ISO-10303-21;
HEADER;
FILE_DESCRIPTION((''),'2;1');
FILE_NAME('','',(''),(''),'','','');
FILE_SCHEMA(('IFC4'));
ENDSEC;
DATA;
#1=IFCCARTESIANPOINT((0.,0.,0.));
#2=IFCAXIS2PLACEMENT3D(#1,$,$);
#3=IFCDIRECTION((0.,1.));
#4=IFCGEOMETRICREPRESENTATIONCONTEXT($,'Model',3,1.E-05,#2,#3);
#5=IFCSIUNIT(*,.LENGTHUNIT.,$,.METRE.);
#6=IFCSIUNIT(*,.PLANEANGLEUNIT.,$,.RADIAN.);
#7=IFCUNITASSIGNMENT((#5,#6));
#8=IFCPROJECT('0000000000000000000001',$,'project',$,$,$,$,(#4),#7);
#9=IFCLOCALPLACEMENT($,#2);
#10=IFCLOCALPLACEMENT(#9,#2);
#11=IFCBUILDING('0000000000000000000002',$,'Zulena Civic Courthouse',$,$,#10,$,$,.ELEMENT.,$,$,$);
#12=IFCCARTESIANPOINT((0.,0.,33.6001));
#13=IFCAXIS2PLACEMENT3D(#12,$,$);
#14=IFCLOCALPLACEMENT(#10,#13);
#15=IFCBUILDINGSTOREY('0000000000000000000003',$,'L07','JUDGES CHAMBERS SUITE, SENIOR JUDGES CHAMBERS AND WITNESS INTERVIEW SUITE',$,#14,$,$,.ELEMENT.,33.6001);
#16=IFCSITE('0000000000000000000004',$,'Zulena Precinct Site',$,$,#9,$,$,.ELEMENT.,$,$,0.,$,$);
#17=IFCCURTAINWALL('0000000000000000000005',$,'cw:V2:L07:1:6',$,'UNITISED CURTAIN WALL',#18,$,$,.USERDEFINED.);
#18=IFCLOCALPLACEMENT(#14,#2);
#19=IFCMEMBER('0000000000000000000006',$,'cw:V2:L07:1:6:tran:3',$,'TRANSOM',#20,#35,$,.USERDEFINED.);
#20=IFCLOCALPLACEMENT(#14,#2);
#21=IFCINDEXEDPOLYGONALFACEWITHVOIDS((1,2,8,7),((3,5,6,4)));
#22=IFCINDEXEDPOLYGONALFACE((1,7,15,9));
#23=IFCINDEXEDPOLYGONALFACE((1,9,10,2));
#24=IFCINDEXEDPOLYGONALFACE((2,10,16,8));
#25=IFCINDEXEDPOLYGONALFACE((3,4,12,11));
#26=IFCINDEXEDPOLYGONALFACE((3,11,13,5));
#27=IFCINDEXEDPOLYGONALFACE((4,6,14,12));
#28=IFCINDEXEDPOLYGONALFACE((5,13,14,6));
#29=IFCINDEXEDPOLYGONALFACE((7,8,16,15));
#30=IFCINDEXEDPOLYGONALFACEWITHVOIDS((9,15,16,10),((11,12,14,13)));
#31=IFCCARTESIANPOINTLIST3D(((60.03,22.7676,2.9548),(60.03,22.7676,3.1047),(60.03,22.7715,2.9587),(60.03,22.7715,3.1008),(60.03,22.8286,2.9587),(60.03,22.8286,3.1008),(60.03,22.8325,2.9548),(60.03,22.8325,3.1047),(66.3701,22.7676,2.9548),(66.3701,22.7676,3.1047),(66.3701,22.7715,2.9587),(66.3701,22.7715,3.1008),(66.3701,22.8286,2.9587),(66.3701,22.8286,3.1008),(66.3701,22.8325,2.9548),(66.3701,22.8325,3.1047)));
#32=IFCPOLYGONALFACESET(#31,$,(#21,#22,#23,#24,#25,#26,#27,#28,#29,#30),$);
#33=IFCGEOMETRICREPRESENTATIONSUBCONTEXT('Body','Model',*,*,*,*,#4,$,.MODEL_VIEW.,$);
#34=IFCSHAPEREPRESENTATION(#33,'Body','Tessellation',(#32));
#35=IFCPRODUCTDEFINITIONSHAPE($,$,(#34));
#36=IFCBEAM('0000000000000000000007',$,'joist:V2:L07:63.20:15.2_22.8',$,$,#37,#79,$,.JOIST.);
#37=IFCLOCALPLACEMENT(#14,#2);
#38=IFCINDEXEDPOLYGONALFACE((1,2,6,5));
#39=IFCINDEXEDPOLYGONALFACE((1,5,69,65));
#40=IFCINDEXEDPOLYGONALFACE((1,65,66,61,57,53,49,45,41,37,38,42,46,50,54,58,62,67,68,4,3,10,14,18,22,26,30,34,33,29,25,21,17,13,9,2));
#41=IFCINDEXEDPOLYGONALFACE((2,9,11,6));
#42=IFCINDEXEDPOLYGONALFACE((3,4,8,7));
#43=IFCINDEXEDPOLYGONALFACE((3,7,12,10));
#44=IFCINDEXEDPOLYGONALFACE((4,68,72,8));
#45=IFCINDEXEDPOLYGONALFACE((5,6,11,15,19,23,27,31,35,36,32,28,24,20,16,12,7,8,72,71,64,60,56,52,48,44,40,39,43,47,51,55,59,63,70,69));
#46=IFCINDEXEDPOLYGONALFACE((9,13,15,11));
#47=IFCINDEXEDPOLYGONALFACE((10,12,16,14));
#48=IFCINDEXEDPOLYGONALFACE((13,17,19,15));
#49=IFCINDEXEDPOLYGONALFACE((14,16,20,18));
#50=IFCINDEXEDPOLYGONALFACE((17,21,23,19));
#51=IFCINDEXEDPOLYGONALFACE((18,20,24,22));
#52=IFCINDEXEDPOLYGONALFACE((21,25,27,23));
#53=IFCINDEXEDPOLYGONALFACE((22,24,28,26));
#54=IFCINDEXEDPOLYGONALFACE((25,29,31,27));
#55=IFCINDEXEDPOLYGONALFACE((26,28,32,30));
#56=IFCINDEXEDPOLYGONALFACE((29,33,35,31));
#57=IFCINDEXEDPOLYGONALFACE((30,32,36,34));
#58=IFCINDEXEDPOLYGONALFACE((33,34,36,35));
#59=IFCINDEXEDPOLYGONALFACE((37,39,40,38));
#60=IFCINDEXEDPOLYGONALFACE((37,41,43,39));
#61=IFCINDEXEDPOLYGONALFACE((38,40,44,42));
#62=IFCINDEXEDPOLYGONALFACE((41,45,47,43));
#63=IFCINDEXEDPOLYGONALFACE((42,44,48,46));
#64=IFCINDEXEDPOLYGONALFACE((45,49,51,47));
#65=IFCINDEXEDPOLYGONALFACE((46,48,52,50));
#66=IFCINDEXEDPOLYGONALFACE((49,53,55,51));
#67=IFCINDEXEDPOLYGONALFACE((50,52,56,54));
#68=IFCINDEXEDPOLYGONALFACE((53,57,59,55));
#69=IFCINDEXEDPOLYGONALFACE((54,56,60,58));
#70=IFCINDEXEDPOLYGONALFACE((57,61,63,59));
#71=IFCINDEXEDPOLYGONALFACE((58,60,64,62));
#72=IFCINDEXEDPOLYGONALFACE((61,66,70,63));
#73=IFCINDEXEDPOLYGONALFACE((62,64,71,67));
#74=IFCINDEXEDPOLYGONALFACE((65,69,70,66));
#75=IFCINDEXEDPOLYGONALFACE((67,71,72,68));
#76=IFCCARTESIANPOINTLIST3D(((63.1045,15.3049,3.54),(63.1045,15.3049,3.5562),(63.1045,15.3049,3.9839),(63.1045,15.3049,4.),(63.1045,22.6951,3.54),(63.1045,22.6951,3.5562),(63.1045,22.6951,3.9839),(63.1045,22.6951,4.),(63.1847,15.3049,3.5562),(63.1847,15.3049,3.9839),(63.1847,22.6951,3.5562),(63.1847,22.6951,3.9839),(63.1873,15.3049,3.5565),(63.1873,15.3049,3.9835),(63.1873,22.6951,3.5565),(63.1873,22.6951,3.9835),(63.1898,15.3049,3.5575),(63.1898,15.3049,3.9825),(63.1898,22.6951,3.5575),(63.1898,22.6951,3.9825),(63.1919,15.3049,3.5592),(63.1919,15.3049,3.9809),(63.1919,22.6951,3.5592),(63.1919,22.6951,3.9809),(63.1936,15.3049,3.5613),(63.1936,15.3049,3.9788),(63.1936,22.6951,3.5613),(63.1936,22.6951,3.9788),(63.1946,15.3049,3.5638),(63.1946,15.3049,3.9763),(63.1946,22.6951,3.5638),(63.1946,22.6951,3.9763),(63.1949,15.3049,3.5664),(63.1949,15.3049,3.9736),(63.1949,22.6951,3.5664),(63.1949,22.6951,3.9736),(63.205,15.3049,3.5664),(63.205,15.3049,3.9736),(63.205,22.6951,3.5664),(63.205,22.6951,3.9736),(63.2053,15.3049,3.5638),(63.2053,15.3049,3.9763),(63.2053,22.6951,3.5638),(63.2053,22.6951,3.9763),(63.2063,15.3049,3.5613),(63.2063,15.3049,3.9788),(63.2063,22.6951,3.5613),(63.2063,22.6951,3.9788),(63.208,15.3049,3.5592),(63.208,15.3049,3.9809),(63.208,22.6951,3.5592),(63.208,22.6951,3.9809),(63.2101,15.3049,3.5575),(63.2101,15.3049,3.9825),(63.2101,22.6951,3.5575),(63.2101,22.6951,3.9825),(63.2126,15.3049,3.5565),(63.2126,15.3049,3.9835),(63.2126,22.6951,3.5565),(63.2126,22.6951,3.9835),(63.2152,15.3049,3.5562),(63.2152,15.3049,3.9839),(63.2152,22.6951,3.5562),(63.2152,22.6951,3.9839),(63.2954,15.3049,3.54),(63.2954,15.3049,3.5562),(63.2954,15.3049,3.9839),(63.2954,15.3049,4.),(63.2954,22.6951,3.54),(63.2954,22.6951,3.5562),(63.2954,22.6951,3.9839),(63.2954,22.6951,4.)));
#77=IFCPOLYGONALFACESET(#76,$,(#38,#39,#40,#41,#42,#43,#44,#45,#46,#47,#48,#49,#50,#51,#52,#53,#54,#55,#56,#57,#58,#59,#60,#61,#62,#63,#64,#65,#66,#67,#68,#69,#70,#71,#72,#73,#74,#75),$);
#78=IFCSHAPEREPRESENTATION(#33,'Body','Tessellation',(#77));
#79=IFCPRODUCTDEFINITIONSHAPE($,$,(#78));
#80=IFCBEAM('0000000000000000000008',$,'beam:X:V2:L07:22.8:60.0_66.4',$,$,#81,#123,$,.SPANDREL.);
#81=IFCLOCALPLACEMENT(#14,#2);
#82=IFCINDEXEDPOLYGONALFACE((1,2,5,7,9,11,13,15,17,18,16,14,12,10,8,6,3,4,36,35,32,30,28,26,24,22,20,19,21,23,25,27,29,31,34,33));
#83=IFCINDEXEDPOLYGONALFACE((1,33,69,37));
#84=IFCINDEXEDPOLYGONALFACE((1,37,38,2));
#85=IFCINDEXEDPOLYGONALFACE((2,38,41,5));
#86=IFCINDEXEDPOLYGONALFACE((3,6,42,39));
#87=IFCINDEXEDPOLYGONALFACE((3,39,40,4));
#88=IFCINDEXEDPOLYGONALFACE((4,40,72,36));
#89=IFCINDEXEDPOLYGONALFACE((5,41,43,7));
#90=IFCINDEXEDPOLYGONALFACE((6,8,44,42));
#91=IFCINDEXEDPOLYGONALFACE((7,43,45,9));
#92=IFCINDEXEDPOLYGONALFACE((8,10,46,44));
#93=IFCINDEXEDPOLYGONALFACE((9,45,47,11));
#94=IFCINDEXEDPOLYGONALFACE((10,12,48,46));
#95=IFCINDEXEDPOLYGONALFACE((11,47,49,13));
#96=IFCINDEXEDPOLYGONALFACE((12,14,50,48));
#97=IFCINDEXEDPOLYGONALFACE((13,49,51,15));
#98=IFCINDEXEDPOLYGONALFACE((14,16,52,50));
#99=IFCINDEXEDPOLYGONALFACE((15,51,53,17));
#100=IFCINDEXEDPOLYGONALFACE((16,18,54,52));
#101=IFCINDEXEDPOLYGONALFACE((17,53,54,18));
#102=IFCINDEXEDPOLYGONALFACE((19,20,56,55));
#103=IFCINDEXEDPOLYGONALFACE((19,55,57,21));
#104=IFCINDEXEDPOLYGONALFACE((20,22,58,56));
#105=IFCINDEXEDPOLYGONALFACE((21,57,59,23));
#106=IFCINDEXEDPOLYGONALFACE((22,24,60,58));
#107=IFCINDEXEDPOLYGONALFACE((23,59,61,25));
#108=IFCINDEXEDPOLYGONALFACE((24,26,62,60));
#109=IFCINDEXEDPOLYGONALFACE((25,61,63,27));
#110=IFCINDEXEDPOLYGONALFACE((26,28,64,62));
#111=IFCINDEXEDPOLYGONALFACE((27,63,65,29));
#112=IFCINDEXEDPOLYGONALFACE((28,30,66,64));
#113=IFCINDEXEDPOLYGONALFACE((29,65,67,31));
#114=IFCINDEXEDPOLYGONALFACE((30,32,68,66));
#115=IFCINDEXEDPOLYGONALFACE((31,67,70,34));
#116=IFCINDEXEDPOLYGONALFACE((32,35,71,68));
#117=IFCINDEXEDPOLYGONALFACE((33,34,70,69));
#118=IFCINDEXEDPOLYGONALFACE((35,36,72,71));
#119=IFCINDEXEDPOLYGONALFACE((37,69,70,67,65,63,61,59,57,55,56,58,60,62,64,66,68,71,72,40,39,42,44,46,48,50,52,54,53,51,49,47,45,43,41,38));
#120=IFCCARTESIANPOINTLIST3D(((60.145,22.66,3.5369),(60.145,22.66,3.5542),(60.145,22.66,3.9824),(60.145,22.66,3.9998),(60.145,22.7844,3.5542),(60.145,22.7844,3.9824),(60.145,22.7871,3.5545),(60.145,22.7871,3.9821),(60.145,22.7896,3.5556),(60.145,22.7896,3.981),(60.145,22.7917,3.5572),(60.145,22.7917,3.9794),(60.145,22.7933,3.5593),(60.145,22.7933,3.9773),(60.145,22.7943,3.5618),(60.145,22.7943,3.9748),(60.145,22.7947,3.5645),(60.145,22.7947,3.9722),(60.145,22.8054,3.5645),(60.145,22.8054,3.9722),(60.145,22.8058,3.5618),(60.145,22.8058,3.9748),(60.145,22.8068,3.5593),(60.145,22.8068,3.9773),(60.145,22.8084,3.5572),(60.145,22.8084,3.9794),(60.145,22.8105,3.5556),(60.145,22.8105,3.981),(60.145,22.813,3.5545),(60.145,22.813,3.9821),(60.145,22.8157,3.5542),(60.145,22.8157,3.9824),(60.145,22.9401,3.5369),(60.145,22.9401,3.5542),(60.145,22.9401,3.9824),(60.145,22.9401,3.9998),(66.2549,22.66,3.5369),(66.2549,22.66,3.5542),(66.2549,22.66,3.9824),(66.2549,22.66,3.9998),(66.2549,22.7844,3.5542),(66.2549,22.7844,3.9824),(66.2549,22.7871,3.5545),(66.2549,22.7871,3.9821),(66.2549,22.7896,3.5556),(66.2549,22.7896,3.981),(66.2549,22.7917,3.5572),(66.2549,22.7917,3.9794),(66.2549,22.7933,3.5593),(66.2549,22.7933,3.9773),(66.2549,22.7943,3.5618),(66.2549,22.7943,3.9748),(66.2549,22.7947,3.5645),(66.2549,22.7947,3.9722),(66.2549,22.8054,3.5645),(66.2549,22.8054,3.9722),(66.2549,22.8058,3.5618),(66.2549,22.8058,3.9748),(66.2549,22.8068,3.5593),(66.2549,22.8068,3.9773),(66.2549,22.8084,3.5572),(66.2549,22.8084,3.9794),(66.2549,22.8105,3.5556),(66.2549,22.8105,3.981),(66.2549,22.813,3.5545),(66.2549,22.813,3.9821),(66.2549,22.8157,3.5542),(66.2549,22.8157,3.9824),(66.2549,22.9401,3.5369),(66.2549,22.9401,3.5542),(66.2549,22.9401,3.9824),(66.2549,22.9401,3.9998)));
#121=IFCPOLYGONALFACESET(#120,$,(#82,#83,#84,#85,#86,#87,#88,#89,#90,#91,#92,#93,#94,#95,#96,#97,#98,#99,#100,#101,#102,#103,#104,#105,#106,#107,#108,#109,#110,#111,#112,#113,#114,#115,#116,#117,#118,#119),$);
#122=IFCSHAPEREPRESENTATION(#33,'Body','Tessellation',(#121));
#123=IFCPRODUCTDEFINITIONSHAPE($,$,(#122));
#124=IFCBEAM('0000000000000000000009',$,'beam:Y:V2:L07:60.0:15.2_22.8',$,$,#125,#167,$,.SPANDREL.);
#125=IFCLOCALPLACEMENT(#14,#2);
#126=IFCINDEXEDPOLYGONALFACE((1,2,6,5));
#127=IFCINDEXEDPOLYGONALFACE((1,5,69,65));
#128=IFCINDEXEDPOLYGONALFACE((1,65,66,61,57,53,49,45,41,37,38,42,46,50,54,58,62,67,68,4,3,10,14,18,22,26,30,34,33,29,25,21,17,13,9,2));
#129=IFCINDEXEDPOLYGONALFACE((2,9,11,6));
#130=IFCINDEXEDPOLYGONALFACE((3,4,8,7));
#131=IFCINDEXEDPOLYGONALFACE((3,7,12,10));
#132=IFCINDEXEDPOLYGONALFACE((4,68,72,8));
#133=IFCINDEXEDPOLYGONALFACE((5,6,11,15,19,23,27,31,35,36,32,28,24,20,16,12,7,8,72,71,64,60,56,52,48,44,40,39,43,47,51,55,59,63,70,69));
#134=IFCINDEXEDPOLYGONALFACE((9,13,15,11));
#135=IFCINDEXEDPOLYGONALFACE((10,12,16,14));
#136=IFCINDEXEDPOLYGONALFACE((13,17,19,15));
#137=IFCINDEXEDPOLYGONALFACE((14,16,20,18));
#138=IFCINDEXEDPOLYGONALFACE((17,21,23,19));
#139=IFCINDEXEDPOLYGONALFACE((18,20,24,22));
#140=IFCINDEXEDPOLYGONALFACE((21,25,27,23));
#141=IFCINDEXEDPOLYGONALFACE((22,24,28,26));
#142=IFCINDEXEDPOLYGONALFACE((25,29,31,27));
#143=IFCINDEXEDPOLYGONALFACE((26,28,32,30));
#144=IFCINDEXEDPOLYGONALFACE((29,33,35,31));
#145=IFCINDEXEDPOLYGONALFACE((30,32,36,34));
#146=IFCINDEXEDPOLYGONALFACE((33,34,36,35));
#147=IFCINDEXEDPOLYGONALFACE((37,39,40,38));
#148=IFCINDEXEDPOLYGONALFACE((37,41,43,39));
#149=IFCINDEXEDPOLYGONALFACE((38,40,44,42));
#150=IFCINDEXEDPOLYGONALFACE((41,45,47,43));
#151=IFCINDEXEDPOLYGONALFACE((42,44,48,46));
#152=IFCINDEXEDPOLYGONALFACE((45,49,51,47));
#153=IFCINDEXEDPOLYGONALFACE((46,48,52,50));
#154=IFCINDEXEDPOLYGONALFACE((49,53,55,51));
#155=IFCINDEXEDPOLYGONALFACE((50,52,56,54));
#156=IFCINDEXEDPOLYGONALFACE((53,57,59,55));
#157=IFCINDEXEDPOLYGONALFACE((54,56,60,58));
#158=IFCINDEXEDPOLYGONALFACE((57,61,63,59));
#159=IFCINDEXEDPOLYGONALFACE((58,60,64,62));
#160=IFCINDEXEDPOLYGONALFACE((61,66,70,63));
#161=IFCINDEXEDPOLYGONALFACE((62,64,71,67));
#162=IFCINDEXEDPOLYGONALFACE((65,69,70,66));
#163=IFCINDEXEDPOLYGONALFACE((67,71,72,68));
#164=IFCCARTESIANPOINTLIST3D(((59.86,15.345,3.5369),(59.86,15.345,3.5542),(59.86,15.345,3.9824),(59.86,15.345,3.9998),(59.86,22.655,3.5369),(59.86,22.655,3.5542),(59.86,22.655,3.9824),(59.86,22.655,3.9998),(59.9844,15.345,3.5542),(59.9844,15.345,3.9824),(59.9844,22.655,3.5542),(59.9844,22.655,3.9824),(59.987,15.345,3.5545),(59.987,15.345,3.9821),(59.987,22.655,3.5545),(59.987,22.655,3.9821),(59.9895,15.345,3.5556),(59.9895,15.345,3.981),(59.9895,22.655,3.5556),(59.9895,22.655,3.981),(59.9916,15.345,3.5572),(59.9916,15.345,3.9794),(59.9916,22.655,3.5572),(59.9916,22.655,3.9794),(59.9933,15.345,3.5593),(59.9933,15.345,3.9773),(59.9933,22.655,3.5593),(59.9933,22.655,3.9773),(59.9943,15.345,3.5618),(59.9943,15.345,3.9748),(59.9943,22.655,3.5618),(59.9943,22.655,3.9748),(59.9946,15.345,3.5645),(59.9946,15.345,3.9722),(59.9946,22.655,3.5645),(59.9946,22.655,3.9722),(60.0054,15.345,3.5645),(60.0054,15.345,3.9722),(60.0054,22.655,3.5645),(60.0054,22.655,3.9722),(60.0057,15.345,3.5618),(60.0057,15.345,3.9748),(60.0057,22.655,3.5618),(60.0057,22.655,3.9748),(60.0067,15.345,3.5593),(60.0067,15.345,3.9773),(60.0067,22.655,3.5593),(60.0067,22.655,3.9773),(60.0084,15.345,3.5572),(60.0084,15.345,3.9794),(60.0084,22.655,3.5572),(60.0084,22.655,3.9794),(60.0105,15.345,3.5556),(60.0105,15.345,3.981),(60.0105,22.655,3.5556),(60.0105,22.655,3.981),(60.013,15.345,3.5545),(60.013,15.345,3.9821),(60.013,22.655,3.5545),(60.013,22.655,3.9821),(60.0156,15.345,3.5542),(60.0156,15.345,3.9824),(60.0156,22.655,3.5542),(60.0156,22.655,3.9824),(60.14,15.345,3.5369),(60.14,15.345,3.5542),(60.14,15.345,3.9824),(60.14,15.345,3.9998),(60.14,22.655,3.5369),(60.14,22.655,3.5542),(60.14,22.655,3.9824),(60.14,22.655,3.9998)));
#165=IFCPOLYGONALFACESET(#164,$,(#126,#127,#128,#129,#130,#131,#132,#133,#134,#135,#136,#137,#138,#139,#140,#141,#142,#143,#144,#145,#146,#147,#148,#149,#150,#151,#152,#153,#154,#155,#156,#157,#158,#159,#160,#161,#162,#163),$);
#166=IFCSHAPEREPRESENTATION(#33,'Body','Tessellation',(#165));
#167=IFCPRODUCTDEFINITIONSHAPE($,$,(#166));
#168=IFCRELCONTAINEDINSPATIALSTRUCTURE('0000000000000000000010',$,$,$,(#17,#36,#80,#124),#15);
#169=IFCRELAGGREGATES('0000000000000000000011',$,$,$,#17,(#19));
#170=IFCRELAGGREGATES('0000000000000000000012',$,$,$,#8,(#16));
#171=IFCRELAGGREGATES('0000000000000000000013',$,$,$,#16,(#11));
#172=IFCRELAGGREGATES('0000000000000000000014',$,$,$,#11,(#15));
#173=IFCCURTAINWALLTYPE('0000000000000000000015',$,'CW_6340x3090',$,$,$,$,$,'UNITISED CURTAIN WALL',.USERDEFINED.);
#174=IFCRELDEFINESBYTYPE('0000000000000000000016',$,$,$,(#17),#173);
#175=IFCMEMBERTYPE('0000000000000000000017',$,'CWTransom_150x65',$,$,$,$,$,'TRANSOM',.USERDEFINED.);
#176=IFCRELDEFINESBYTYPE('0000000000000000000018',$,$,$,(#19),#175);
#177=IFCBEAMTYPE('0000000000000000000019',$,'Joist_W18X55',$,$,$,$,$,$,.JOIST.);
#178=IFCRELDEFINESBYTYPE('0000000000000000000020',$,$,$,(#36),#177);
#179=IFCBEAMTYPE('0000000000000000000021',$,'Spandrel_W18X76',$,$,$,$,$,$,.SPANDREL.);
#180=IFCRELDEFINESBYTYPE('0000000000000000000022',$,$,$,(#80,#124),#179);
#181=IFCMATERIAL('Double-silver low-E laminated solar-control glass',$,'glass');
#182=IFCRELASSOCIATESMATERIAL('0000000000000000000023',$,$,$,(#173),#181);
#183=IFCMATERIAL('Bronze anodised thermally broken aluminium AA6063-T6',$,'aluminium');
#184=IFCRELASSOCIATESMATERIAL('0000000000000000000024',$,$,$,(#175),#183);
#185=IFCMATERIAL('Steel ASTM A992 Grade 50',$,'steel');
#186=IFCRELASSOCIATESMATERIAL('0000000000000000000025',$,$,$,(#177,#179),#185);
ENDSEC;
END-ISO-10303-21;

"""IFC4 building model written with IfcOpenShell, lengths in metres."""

from ifc_helpers import new_model, si_unit, direction, frame, origin, origin_2d, place, context, subcontext, project, spatial, hollow_rectangle, i_section, extrude, material, material_profile, profile_set, type_object, element, aggregate, save


model = new_model("IFC4")

# Units and contexts
model_context = context("Model", 3, precision=1e-05, world=origin(), true_north=direction((0.0, 1.0)))
body_context = subcontext(model_context, "Body", "Model", "MODEL_VIEW")
ifc_project = project(units=[si_unit("LENGTHUNIT", "METRE"), si_unit("PLANEANGLEUNIT", "RADIAN")], contexts=[model_context])

# Site, building, storey
site_placement = place(None, origin())
site = spatial("IfcSite", under=ifc_project, at=site_placement, Name="Zulena Precinct Site", CompositionType="ELEMENT", RefElevation=0.0)
building_placement = place(site_placement, origin())
building = spatial("IfcBuilding", under=site, at=building_placement, Name="Zulena Civic Courthouse", CompositionType="ELEMENT")
storey_placement = place(building_placement, frame((0.0, 0.0, 33.6001)))
storey = spatial("IfcBuildingStorey", under=building, at=storey_placement, Name="L07", Description="JUDGES CHAMBERS SUITE, SENIOR JUDGES CHAMBERS AND WITNESS INTERVIEW SUITE", CompositionType="ELEMENT", Elevation=33.6001)

# Shared definitions
ifc_material_1 = material(Name="Steel ASTM A992 Grade 50", Category="steel")

# Curtain wall, member
ifc_material_2 = material(Name="Double-silver low-E laminated solar-control glass", Category="glass")
ifc_material_3 = material(Name="Bronze anodised thermally broken aluminium AA6063-T6", Category="aluminium")
curtain_wall_type_1 = type_object("IfcCurtainWallType", Name="CW_6340x3090", ElementType="UNITISED CURTAIN WALL", PredefinedType="USERDEFINED", material=ifc_material_2)
curtain_wall_1_placement = place(storey_placement, origin())
curtain_wall_1 = element("IfcCurtainWall", 1, at=curtain_wall_1_placement, inside=storey, type_object=curtain_wall_type_1, Name="cw:V2:L07:1:6", ObjectType="UNITISED CURTAIN WALL", PredefinedType="USERDEFINED")
ifc_material_profile_1 = material_profile(ifc_material_3, hollow_rectangle(XDim=0.0649, YDim=0.1499, WallThickness=0.0039, at=origin_2d()), Name="CWT150X65X4")
ifc_profile_set_1 = profile_set([ifc_material_profile_1], Name="Bronze anodised thermally broken aluminium AA6063-T6")
member_type_1 = type_object("IfcMemberType", Name="CWTransom_150x65", ElementType="TRANSOM", PredefinedType="USERDEFINED", material=ifc_profile_set_1)
member_1_placement = place(storey_placement, frame((60.03, 22.8, 3.0298), z_axis=(1.0, 0.0, 0.0), x_axis=(0.0, 1.0, 0.0)))
member_1 = element("IfcMember", 2, at=member_1_placement, type_object=member_type_1, Name="cw:V2:L07:1:6:tran:3", ObjectType="TRANSOM", PredefinedType="USERDEFINED", context=body_context, shape_type="SweptSolid", body=[
    extrude(hollow_rectangle(XDim=0.0649, YDim=0.1499, WallThickness=0.0039, at=origin_2d()), origin(), (0.0, 0.0, 1.0), 6.3401),
])

# Beams
ifc_material_profile_2 = material_profile(ifc_material_1, i_section(OverallWidth=0.1909, OverallDepth=0.46, WebThickness=0.01, FlangeThickness=0.0161, FilletRadius=0.0103, at=origin_2d()), Name="W18X55")
ifc_profile_set_2 = profile_set([ifc_material_profile_2], Name="Steel ASTM A992 Grade 50")
beam_type_1 = type_object("IfcBeamType", Name="Joist_W18X55", PredefinedType="JOIST", material=ifc_profile_set_2)
beam_1_placement = place(storey_placement, frame((63.2, 15.3049, 3.77), z_axis=(0.0, 1.0, 0.0), x_axis=(-1.0, 0.0, 0.0)))
element("IfcBeam", 3, at=beam_1_placement, inside=storey, type_object=beam_type_1, Name="joist:V2:L07:63.20:15.2_22.8", PredefinedType="JOIST", context=body_context, shape_type="SweptSolid", body=[
    extrude(i_section(OverallWidth=0.1909, OverallDepth=0.46, WebThickness=0.01, FlangeThickness=0.0161, FilletRadius=0.0103, at=origin_2d()), origin(), (0.0, 0.0, 1.0), 7.3901),
])
ifc_material_profile_3 = material_profile(ifc_material_1, i_section(OverallWidth=0.28, OverallDepth=0.4629, WebThickness=0.0107, FlangeThickness=0.0173, FilletRadius=0.0103, at=origin_2d()), Name="W18X76")
ifc_profile_set_3 = profile_set([ifc_material_profile_3], Name="Steel ASTM A992 Grade 50")
beam_type_2 = type_object("IfcBeamType", Name="Spandrel_W18X76", PredefinedType="SPANDREL", material=ifc_profile_set_3)
beam_2_placement = place(storey_placement, frame((60.145, 22.8, 3.7683), z_axis=(1.0, 0.0, 0.0), x_axis=(0.0, 1.0, 0.0)))
element("IfcBeam", 4, at=beam_2_placement, inside=storey, type_object=beam_type_2, Name="beam:X:V2:L07:22.8:60.0_66.4", PredefinedType="SPANDREL", context=body_context, shape_type="SweptSolid", body=[
    extrude(i_section(OverallWidth=0.28, OverallDepth=0.4629, WebThickness=0.0107, FlangeThickness=0.0173, FilletRadius=0.0103, at=origin_2d()), origin(), (0.0, 0.0, 1.0), 6.1099),
])
for number, where, z_axis, x_axis, name in (
    (5, (60.0, 15.345, 3.7683), (0.0, 1.0, 0.0), (-1.0, 0.0, 0.0), "beam:Y:V2:L07:60.0:15.2_22.8"),
):
    element("IfcBeam", number, at=place(storey_placement, frame(where, z_axis=z_axis, x_axis=x_axis)), inside=storey, type_object=beam_type_2, Name=name, PredefinedType="SPANDREL", context=body_context, shape_type="SweptSolid", body=[
        extrude(i_section(OverallWidth=0.28, OverallDepth=0.4629, WebThickness=0.0107, FlangeThickness=0.0173, FilletRadius=0.0103, at=origin_2d()), origin(), (0.0, 0.0, 1.0), 7.3101),
    ])

aggregate(curtain_wall_1, [member_1])

save(model, "model.ifc")
